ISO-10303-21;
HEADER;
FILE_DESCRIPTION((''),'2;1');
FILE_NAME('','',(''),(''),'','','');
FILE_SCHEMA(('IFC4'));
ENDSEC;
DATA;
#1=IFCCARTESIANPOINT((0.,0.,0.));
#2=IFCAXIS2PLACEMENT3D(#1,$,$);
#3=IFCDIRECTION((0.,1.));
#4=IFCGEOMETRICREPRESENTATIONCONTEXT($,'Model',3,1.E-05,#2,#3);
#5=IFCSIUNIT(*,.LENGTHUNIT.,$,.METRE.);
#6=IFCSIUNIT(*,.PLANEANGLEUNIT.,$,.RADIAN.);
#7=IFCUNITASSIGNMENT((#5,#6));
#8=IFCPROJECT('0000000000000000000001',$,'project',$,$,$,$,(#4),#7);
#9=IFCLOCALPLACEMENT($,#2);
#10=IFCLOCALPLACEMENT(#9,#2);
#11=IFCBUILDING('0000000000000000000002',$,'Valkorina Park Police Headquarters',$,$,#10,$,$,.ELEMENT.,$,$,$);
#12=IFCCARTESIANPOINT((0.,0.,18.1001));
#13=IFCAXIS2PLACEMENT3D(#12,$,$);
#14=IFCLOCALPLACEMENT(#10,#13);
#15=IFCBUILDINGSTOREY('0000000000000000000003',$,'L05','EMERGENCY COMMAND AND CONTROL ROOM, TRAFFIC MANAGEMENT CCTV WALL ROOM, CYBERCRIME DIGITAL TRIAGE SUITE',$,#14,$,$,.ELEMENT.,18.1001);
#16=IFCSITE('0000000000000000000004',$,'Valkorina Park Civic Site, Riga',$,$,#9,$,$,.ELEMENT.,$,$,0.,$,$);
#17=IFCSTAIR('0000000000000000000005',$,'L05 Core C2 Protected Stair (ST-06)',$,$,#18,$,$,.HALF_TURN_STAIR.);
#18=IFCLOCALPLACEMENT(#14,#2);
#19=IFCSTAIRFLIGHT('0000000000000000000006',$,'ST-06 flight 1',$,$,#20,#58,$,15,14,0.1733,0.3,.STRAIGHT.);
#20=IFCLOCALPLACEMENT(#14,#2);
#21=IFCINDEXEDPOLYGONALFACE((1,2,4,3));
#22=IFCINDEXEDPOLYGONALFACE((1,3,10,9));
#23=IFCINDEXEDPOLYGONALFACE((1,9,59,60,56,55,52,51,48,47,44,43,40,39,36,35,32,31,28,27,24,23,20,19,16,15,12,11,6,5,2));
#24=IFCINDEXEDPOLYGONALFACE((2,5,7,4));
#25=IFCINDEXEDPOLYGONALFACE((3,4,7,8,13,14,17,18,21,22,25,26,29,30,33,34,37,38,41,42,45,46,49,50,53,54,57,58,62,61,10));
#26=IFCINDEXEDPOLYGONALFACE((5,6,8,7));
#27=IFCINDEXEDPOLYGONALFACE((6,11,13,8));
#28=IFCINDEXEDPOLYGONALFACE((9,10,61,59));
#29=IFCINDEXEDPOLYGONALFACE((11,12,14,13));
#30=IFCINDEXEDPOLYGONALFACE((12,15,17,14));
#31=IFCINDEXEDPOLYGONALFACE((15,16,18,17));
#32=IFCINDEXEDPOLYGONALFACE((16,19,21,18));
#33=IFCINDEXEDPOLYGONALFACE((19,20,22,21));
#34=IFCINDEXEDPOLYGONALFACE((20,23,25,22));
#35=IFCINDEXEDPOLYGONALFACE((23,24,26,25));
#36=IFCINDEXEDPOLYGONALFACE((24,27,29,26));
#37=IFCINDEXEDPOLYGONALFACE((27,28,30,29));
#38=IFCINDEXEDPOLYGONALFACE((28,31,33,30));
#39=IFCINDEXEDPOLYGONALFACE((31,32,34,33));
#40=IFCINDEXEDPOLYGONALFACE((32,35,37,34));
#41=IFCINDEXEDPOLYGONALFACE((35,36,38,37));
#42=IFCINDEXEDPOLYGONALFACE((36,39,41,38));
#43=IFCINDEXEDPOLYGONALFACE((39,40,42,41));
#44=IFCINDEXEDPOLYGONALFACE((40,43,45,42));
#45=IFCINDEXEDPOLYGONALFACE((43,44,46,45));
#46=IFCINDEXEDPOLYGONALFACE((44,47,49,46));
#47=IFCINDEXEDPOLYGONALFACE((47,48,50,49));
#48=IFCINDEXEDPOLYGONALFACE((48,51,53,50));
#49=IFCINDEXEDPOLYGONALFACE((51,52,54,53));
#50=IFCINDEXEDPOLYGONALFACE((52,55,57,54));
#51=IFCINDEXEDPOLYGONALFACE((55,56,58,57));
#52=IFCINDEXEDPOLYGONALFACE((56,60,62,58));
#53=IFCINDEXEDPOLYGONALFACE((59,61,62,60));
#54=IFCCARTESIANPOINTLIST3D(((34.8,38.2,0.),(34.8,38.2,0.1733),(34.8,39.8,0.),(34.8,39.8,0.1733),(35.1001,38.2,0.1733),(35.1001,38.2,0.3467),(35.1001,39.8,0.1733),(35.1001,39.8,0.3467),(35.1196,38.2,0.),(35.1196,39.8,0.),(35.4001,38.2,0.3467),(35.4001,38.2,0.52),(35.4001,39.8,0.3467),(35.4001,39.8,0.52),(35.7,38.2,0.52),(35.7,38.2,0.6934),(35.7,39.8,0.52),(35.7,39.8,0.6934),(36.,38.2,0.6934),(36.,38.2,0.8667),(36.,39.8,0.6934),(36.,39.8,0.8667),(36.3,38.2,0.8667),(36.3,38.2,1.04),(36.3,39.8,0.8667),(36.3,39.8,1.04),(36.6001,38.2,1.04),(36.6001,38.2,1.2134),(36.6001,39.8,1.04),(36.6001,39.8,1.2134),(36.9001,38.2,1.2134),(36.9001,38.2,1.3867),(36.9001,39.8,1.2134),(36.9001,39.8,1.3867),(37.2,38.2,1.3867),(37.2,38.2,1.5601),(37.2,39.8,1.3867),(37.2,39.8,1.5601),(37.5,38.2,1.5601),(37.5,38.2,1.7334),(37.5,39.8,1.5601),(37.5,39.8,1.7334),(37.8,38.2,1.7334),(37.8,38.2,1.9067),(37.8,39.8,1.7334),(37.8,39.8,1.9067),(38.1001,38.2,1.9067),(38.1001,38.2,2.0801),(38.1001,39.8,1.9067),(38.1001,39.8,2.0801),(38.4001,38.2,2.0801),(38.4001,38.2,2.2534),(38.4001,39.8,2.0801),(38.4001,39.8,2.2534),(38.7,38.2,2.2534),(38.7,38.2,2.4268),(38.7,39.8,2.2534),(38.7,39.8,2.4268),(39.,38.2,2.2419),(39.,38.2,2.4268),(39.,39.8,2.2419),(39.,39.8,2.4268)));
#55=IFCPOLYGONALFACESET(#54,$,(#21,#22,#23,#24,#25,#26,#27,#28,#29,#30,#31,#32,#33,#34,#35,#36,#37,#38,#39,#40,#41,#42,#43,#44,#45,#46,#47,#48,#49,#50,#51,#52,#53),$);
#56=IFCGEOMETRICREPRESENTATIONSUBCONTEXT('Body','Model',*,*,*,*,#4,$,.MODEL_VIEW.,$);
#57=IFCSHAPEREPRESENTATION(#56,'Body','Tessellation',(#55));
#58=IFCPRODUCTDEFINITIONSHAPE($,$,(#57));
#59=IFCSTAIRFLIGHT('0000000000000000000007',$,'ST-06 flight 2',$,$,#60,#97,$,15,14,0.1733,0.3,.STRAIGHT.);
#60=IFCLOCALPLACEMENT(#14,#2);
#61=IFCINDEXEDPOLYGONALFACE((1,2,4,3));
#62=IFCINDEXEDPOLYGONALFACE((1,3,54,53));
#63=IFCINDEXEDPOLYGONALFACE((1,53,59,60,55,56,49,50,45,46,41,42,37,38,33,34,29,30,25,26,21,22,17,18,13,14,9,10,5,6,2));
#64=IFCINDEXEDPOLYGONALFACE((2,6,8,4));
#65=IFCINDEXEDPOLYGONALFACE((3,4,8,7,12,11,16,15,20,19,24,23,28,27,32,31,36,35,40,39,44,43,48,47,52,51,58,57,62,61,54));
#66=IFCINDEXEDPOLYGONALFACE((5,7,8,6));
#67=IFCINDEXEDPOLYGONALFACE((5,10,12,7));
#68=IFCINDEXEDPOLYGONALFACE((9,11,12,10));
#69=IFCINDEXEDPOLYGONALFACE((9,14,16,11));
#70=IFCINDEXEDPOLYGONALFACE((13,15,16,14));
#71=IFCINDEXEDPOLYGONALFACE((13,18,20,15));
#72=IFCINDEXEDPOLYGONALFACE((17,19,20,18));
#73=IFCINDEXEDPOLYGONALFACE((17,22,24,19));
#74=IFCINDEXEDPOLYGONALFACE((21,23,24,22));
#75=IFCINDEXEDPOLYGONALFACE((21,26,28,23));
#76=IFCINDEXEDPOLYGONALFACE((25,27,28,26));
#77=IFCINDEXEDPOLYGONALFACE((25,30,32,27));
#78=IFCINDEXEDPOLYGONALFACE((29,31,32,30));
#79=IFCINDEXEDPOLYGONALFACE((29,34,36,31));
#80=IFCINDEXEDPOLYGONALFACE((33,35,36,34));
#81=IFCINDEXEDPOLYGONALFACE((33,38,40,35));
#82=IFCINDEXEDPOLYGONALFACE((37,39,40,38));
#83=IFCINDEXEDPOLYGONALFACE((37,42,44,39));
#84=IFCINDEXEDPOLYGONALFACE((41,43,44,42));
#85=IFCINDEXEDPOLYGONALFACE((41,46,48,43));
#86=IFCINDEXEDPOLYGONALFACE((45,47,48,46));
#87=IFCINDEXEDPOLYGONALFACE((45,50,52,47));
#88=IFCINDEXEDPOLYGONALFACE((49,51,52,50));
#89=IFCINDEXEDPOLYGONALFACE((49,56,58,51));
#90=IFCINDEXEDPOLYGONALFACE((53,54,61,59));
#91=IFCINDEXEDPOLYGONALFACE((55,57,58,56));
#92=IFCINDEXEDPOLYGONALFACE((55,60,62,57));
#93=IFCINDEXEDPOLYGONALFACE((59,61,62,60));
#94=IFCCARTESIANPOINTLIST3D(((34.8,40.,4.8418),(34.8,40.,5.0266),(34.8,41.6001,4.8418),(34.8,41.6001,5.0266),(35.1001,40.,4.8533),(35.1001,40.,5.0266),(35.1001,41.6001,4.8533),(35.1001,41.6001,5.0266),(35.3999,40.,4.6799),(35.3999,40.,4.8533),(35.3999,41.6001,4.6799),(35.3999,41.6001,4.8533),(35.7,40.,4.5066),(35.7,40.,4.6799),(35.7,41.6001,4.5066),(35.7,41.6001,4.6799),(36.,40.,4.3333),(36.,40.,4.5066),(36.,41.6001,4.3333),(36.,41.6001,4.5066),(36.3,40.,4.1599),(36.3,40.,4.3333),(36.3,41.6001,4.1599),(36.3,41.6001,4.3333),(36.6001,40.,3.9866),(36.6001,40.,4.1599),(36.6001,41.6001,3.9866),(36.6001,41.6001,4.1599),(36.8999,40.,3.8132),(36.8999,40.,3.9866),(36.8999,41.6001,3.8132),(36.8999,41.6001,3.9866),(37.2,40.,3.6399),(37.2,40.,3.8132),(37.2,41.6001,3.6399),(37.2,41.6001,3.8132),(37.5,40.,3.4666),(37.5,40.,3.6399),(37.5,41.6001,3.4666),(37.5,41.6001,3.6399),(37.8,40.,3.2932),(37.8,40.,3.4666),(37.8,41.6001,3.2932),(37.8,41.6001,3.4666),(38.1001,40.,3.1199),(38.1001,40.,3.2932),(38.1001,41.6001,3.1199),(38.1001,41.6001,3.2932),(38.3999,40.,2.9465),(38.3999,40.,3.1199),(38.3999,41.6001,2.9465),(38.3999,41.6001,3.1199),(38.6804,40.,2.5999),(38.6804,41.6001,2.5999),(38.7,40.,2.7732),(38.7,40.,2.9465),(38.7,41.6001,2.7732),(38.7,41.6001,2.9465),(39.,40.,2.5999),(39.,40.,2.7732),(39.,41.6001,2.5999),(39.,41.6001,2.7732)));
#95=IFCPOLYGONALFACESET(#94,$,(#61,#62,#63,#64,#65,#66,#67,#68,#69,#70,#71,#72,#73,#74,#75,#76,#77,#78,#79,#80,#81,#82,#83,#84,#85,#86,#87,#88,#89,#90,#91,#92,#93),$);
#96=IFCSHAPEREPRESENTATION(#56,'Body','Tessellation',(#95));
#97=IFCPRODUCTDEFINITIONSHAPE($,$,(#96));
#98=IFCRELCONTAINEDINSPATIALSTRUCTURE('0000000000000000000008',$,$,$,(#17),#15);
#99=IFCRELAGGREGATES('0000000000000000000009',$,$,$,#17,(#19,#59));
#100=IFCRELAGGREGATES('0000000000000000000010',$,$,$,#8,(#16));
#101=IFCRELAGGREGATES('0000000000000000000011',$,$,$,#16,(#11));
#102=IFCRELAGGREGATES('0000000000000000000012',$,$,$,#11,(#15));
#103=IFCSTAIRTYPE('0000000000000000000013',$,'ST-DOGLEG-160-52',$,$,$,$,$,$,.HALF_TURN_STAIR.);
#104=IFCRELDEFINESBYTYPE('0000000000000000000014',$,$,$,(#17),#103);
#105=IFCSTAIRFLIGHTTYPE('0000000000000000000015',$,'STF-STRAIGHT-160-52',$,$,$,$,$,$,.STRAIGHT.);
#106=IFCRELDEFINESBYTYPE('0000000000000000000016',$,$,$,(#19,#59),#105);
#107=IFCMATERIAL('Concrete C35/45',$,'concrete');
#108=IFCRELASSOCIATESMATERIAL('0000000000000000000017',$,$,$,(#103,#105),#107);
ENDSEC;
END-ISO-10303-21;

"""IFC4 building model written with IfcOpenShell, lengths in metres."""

from ifc_helpers import new_model, si_unit, direction, frame, origin, place, context, subcontext, project, spatial, polyline, outline, extrude, material, type_object, element, aggregate, save


model = new_model("IFC4")

# Units and contexts
model_context = context("Model", 3, precision=1e-05, world=origin(), true_north=direction((0.0, 1.0)))
body_context = subcontext(model_context, "Body", "Model", "MODEL_VIEW")
ifc_project = project(units=[si_unit("LENGTHUNIT", "METRE"), si_unit("PLANEANGLEUNIT", "RADIAN")], contexts=[model_context])

# Site, building, storey
site_placement = place(None, origin())
site = spatial("IfcSite", under=ifc_project, at=site_placement, Name="Valkorina Park Civic Site, Riga", CompositionType="ELEMENT", RefElevation=0.0)
building_placement = place(site_placement, origin())
building = spatial("IfcBuilding", under=site, at=building_placement, Name="Valkorina Park Police Headquarters", CompositionType="ELEMENT")
storey_placement = place(building_placement, frame((0.0, 0.0, 18.1001)))
storey = spatial("IfcBuildingStorey", under=building, at=storey_placement, Name="L05", Description="EMERGENCY COMMAND AND CONTROL ROOM, TRAFFIC MANAGEMENT CCTV WALL ROOM, CYBERCRIME DIGITAL TRIAGE SUITE", CompositionType="ELEMENT", Elevation=18.1001)

# Stair, stair flights
ifc_material_1 = material(Name="Concrete C35/45", Category="concrete")
stair_type = type_object("IfcStairType", Name="ST-DOGLEG-160-52", PredefinedType="HALF_TURN_STAIR", material=ifc_material_1)
stair_placement = place(storey_placement, origin())
stair = element("IfcStair", 1, at=stair_placement, inside=storey, type_object=stair_type, Name="L05 Core C2 Protected Stair (ST-06)", PredefinedType="HALF_TURN_STAIR")
stair_flight_type = type_object("IfcStairFlightType", Name="STF-STRAIGHT-160-52", PredefinedType="STRAIGHT", material=ifc_material_1)
stair_flight_1_placement = place(storey_placement, frame((34.8, 39.0, 0.0), z_axis=(0.0, 0.0, 1.0), x_axis=(1.0, 0.0, 0.0)))
stair_flight_1 = element("IfcStairFlight", 2, at=stair_flight_1_placement, type_object=stair_flight_type, Name="ST-06 flight 1", NumberOfRisers=15, NumberOfTreads=14, PredefinedType="STRAIGHT", RiserHeight=0.1733, TreadLength=0.3, context=body_context, shape_type="SweptSolid", body=[
    extrude(outline(polyline([(0.0, 0.0), (0.0, 0.1733), (0.3, 0.1733), (0.3, 0.3467), (0.6001, 0.3467), (0.6001, 0.52), (0.8999, 0.52), (0.8999, 0.6934), (1.2, 0.6934), (1.2, 0.8667), (1.5, 0.8667), (1.5, 1.04), (1.8, 1.04), (1.8, 1.2134), (2.1001, 1.2134), (2.1001, 1.3867), (2.3999, 1.3867), (2.3999, 1.5601), (2.7, 1.5601), (2.7, 1.7334), (3.0, 1.7334), (3.0, 1.9067), (3.3, 1.9067), (3.3, 2.0801), (3.6001, 2.0801), (3.6001, 2.2534), (3.8999, 2.2534), (3.8999, 2.4268), (4.2, 2.4268), (4.2, 2.6001), (4.2, 2.2419), (0.3196, 0.0), (0.0, 0.0)])), frame((0.0, 0.8, 0.0), z_axis=(0.0, -1.0, 0.0), x_axis=(1.0, 0.0, 0.0)), (0.0, 0.0, 1.0), 1.6001),
])
stair_flight_2_placement = place(storey_placement, frame((39.0, 40.8, 2.5999), z_axis=(0.0, 0.0, 1.0), x_axis=(-1.0, 0.0, 0.0)))
stair_flight_2 = element("IfcStairFlight", 3, at=stair_flight_2_placement, type_object=stair_flight_type, Name="ST-06 flight 2", NumberOfRisers=15, NumberOfTreads=14, PredefinedType="STRAIGHT", RiserHeight=0.1733, TreadLength=0.3, context=body_context, shape_type="SweptSolid", body=[
    extrude(outline(polyline([(0.0, 0.0), (0.0, 0.1733), (0.3, 0.1733), (0.3, 0.3467), (0.6001, 0.3467), (0.6001, 0.52), (0.8999, 0.52), (0.8999, 0.6934), (1.2, 0.6934), (1.2, 0.8667), (1.5, 0.8667), (1.5, 1.04), (1.8, 1.04), (1.8, 1.2134), (2.1001, 1.2134), (2.1001, 1.3867), (2.3999, 1.3867), (2.3999, 1.5601), (2.7, 1.5601), (2.7, 1.7334), (3.0, 1.7334), (3.0, 1.9067), (3.3, 1.9067), (3.3, 2.0801), (3.6001, 2.0801), (3.6001, 2.2534), (3.8999, 2.2534), (3.8999, 2.4268), (4.2, 2.4268), (4.2, 2.6001), (4.2, 2.2419), (0.3196, 0.0), (0.0, 0.0)])), frame((0.0, 0.8, 0.0), z_axis=(0.0, -1.0, 0.0), x_axis=(1.0, 0.0, 0.0)), (0.0, 0.0, 1.0), 1.6001),
])
aggregate(stair, [stair_flight_1, stair_flight_2])

save(model, "model.ifc")
